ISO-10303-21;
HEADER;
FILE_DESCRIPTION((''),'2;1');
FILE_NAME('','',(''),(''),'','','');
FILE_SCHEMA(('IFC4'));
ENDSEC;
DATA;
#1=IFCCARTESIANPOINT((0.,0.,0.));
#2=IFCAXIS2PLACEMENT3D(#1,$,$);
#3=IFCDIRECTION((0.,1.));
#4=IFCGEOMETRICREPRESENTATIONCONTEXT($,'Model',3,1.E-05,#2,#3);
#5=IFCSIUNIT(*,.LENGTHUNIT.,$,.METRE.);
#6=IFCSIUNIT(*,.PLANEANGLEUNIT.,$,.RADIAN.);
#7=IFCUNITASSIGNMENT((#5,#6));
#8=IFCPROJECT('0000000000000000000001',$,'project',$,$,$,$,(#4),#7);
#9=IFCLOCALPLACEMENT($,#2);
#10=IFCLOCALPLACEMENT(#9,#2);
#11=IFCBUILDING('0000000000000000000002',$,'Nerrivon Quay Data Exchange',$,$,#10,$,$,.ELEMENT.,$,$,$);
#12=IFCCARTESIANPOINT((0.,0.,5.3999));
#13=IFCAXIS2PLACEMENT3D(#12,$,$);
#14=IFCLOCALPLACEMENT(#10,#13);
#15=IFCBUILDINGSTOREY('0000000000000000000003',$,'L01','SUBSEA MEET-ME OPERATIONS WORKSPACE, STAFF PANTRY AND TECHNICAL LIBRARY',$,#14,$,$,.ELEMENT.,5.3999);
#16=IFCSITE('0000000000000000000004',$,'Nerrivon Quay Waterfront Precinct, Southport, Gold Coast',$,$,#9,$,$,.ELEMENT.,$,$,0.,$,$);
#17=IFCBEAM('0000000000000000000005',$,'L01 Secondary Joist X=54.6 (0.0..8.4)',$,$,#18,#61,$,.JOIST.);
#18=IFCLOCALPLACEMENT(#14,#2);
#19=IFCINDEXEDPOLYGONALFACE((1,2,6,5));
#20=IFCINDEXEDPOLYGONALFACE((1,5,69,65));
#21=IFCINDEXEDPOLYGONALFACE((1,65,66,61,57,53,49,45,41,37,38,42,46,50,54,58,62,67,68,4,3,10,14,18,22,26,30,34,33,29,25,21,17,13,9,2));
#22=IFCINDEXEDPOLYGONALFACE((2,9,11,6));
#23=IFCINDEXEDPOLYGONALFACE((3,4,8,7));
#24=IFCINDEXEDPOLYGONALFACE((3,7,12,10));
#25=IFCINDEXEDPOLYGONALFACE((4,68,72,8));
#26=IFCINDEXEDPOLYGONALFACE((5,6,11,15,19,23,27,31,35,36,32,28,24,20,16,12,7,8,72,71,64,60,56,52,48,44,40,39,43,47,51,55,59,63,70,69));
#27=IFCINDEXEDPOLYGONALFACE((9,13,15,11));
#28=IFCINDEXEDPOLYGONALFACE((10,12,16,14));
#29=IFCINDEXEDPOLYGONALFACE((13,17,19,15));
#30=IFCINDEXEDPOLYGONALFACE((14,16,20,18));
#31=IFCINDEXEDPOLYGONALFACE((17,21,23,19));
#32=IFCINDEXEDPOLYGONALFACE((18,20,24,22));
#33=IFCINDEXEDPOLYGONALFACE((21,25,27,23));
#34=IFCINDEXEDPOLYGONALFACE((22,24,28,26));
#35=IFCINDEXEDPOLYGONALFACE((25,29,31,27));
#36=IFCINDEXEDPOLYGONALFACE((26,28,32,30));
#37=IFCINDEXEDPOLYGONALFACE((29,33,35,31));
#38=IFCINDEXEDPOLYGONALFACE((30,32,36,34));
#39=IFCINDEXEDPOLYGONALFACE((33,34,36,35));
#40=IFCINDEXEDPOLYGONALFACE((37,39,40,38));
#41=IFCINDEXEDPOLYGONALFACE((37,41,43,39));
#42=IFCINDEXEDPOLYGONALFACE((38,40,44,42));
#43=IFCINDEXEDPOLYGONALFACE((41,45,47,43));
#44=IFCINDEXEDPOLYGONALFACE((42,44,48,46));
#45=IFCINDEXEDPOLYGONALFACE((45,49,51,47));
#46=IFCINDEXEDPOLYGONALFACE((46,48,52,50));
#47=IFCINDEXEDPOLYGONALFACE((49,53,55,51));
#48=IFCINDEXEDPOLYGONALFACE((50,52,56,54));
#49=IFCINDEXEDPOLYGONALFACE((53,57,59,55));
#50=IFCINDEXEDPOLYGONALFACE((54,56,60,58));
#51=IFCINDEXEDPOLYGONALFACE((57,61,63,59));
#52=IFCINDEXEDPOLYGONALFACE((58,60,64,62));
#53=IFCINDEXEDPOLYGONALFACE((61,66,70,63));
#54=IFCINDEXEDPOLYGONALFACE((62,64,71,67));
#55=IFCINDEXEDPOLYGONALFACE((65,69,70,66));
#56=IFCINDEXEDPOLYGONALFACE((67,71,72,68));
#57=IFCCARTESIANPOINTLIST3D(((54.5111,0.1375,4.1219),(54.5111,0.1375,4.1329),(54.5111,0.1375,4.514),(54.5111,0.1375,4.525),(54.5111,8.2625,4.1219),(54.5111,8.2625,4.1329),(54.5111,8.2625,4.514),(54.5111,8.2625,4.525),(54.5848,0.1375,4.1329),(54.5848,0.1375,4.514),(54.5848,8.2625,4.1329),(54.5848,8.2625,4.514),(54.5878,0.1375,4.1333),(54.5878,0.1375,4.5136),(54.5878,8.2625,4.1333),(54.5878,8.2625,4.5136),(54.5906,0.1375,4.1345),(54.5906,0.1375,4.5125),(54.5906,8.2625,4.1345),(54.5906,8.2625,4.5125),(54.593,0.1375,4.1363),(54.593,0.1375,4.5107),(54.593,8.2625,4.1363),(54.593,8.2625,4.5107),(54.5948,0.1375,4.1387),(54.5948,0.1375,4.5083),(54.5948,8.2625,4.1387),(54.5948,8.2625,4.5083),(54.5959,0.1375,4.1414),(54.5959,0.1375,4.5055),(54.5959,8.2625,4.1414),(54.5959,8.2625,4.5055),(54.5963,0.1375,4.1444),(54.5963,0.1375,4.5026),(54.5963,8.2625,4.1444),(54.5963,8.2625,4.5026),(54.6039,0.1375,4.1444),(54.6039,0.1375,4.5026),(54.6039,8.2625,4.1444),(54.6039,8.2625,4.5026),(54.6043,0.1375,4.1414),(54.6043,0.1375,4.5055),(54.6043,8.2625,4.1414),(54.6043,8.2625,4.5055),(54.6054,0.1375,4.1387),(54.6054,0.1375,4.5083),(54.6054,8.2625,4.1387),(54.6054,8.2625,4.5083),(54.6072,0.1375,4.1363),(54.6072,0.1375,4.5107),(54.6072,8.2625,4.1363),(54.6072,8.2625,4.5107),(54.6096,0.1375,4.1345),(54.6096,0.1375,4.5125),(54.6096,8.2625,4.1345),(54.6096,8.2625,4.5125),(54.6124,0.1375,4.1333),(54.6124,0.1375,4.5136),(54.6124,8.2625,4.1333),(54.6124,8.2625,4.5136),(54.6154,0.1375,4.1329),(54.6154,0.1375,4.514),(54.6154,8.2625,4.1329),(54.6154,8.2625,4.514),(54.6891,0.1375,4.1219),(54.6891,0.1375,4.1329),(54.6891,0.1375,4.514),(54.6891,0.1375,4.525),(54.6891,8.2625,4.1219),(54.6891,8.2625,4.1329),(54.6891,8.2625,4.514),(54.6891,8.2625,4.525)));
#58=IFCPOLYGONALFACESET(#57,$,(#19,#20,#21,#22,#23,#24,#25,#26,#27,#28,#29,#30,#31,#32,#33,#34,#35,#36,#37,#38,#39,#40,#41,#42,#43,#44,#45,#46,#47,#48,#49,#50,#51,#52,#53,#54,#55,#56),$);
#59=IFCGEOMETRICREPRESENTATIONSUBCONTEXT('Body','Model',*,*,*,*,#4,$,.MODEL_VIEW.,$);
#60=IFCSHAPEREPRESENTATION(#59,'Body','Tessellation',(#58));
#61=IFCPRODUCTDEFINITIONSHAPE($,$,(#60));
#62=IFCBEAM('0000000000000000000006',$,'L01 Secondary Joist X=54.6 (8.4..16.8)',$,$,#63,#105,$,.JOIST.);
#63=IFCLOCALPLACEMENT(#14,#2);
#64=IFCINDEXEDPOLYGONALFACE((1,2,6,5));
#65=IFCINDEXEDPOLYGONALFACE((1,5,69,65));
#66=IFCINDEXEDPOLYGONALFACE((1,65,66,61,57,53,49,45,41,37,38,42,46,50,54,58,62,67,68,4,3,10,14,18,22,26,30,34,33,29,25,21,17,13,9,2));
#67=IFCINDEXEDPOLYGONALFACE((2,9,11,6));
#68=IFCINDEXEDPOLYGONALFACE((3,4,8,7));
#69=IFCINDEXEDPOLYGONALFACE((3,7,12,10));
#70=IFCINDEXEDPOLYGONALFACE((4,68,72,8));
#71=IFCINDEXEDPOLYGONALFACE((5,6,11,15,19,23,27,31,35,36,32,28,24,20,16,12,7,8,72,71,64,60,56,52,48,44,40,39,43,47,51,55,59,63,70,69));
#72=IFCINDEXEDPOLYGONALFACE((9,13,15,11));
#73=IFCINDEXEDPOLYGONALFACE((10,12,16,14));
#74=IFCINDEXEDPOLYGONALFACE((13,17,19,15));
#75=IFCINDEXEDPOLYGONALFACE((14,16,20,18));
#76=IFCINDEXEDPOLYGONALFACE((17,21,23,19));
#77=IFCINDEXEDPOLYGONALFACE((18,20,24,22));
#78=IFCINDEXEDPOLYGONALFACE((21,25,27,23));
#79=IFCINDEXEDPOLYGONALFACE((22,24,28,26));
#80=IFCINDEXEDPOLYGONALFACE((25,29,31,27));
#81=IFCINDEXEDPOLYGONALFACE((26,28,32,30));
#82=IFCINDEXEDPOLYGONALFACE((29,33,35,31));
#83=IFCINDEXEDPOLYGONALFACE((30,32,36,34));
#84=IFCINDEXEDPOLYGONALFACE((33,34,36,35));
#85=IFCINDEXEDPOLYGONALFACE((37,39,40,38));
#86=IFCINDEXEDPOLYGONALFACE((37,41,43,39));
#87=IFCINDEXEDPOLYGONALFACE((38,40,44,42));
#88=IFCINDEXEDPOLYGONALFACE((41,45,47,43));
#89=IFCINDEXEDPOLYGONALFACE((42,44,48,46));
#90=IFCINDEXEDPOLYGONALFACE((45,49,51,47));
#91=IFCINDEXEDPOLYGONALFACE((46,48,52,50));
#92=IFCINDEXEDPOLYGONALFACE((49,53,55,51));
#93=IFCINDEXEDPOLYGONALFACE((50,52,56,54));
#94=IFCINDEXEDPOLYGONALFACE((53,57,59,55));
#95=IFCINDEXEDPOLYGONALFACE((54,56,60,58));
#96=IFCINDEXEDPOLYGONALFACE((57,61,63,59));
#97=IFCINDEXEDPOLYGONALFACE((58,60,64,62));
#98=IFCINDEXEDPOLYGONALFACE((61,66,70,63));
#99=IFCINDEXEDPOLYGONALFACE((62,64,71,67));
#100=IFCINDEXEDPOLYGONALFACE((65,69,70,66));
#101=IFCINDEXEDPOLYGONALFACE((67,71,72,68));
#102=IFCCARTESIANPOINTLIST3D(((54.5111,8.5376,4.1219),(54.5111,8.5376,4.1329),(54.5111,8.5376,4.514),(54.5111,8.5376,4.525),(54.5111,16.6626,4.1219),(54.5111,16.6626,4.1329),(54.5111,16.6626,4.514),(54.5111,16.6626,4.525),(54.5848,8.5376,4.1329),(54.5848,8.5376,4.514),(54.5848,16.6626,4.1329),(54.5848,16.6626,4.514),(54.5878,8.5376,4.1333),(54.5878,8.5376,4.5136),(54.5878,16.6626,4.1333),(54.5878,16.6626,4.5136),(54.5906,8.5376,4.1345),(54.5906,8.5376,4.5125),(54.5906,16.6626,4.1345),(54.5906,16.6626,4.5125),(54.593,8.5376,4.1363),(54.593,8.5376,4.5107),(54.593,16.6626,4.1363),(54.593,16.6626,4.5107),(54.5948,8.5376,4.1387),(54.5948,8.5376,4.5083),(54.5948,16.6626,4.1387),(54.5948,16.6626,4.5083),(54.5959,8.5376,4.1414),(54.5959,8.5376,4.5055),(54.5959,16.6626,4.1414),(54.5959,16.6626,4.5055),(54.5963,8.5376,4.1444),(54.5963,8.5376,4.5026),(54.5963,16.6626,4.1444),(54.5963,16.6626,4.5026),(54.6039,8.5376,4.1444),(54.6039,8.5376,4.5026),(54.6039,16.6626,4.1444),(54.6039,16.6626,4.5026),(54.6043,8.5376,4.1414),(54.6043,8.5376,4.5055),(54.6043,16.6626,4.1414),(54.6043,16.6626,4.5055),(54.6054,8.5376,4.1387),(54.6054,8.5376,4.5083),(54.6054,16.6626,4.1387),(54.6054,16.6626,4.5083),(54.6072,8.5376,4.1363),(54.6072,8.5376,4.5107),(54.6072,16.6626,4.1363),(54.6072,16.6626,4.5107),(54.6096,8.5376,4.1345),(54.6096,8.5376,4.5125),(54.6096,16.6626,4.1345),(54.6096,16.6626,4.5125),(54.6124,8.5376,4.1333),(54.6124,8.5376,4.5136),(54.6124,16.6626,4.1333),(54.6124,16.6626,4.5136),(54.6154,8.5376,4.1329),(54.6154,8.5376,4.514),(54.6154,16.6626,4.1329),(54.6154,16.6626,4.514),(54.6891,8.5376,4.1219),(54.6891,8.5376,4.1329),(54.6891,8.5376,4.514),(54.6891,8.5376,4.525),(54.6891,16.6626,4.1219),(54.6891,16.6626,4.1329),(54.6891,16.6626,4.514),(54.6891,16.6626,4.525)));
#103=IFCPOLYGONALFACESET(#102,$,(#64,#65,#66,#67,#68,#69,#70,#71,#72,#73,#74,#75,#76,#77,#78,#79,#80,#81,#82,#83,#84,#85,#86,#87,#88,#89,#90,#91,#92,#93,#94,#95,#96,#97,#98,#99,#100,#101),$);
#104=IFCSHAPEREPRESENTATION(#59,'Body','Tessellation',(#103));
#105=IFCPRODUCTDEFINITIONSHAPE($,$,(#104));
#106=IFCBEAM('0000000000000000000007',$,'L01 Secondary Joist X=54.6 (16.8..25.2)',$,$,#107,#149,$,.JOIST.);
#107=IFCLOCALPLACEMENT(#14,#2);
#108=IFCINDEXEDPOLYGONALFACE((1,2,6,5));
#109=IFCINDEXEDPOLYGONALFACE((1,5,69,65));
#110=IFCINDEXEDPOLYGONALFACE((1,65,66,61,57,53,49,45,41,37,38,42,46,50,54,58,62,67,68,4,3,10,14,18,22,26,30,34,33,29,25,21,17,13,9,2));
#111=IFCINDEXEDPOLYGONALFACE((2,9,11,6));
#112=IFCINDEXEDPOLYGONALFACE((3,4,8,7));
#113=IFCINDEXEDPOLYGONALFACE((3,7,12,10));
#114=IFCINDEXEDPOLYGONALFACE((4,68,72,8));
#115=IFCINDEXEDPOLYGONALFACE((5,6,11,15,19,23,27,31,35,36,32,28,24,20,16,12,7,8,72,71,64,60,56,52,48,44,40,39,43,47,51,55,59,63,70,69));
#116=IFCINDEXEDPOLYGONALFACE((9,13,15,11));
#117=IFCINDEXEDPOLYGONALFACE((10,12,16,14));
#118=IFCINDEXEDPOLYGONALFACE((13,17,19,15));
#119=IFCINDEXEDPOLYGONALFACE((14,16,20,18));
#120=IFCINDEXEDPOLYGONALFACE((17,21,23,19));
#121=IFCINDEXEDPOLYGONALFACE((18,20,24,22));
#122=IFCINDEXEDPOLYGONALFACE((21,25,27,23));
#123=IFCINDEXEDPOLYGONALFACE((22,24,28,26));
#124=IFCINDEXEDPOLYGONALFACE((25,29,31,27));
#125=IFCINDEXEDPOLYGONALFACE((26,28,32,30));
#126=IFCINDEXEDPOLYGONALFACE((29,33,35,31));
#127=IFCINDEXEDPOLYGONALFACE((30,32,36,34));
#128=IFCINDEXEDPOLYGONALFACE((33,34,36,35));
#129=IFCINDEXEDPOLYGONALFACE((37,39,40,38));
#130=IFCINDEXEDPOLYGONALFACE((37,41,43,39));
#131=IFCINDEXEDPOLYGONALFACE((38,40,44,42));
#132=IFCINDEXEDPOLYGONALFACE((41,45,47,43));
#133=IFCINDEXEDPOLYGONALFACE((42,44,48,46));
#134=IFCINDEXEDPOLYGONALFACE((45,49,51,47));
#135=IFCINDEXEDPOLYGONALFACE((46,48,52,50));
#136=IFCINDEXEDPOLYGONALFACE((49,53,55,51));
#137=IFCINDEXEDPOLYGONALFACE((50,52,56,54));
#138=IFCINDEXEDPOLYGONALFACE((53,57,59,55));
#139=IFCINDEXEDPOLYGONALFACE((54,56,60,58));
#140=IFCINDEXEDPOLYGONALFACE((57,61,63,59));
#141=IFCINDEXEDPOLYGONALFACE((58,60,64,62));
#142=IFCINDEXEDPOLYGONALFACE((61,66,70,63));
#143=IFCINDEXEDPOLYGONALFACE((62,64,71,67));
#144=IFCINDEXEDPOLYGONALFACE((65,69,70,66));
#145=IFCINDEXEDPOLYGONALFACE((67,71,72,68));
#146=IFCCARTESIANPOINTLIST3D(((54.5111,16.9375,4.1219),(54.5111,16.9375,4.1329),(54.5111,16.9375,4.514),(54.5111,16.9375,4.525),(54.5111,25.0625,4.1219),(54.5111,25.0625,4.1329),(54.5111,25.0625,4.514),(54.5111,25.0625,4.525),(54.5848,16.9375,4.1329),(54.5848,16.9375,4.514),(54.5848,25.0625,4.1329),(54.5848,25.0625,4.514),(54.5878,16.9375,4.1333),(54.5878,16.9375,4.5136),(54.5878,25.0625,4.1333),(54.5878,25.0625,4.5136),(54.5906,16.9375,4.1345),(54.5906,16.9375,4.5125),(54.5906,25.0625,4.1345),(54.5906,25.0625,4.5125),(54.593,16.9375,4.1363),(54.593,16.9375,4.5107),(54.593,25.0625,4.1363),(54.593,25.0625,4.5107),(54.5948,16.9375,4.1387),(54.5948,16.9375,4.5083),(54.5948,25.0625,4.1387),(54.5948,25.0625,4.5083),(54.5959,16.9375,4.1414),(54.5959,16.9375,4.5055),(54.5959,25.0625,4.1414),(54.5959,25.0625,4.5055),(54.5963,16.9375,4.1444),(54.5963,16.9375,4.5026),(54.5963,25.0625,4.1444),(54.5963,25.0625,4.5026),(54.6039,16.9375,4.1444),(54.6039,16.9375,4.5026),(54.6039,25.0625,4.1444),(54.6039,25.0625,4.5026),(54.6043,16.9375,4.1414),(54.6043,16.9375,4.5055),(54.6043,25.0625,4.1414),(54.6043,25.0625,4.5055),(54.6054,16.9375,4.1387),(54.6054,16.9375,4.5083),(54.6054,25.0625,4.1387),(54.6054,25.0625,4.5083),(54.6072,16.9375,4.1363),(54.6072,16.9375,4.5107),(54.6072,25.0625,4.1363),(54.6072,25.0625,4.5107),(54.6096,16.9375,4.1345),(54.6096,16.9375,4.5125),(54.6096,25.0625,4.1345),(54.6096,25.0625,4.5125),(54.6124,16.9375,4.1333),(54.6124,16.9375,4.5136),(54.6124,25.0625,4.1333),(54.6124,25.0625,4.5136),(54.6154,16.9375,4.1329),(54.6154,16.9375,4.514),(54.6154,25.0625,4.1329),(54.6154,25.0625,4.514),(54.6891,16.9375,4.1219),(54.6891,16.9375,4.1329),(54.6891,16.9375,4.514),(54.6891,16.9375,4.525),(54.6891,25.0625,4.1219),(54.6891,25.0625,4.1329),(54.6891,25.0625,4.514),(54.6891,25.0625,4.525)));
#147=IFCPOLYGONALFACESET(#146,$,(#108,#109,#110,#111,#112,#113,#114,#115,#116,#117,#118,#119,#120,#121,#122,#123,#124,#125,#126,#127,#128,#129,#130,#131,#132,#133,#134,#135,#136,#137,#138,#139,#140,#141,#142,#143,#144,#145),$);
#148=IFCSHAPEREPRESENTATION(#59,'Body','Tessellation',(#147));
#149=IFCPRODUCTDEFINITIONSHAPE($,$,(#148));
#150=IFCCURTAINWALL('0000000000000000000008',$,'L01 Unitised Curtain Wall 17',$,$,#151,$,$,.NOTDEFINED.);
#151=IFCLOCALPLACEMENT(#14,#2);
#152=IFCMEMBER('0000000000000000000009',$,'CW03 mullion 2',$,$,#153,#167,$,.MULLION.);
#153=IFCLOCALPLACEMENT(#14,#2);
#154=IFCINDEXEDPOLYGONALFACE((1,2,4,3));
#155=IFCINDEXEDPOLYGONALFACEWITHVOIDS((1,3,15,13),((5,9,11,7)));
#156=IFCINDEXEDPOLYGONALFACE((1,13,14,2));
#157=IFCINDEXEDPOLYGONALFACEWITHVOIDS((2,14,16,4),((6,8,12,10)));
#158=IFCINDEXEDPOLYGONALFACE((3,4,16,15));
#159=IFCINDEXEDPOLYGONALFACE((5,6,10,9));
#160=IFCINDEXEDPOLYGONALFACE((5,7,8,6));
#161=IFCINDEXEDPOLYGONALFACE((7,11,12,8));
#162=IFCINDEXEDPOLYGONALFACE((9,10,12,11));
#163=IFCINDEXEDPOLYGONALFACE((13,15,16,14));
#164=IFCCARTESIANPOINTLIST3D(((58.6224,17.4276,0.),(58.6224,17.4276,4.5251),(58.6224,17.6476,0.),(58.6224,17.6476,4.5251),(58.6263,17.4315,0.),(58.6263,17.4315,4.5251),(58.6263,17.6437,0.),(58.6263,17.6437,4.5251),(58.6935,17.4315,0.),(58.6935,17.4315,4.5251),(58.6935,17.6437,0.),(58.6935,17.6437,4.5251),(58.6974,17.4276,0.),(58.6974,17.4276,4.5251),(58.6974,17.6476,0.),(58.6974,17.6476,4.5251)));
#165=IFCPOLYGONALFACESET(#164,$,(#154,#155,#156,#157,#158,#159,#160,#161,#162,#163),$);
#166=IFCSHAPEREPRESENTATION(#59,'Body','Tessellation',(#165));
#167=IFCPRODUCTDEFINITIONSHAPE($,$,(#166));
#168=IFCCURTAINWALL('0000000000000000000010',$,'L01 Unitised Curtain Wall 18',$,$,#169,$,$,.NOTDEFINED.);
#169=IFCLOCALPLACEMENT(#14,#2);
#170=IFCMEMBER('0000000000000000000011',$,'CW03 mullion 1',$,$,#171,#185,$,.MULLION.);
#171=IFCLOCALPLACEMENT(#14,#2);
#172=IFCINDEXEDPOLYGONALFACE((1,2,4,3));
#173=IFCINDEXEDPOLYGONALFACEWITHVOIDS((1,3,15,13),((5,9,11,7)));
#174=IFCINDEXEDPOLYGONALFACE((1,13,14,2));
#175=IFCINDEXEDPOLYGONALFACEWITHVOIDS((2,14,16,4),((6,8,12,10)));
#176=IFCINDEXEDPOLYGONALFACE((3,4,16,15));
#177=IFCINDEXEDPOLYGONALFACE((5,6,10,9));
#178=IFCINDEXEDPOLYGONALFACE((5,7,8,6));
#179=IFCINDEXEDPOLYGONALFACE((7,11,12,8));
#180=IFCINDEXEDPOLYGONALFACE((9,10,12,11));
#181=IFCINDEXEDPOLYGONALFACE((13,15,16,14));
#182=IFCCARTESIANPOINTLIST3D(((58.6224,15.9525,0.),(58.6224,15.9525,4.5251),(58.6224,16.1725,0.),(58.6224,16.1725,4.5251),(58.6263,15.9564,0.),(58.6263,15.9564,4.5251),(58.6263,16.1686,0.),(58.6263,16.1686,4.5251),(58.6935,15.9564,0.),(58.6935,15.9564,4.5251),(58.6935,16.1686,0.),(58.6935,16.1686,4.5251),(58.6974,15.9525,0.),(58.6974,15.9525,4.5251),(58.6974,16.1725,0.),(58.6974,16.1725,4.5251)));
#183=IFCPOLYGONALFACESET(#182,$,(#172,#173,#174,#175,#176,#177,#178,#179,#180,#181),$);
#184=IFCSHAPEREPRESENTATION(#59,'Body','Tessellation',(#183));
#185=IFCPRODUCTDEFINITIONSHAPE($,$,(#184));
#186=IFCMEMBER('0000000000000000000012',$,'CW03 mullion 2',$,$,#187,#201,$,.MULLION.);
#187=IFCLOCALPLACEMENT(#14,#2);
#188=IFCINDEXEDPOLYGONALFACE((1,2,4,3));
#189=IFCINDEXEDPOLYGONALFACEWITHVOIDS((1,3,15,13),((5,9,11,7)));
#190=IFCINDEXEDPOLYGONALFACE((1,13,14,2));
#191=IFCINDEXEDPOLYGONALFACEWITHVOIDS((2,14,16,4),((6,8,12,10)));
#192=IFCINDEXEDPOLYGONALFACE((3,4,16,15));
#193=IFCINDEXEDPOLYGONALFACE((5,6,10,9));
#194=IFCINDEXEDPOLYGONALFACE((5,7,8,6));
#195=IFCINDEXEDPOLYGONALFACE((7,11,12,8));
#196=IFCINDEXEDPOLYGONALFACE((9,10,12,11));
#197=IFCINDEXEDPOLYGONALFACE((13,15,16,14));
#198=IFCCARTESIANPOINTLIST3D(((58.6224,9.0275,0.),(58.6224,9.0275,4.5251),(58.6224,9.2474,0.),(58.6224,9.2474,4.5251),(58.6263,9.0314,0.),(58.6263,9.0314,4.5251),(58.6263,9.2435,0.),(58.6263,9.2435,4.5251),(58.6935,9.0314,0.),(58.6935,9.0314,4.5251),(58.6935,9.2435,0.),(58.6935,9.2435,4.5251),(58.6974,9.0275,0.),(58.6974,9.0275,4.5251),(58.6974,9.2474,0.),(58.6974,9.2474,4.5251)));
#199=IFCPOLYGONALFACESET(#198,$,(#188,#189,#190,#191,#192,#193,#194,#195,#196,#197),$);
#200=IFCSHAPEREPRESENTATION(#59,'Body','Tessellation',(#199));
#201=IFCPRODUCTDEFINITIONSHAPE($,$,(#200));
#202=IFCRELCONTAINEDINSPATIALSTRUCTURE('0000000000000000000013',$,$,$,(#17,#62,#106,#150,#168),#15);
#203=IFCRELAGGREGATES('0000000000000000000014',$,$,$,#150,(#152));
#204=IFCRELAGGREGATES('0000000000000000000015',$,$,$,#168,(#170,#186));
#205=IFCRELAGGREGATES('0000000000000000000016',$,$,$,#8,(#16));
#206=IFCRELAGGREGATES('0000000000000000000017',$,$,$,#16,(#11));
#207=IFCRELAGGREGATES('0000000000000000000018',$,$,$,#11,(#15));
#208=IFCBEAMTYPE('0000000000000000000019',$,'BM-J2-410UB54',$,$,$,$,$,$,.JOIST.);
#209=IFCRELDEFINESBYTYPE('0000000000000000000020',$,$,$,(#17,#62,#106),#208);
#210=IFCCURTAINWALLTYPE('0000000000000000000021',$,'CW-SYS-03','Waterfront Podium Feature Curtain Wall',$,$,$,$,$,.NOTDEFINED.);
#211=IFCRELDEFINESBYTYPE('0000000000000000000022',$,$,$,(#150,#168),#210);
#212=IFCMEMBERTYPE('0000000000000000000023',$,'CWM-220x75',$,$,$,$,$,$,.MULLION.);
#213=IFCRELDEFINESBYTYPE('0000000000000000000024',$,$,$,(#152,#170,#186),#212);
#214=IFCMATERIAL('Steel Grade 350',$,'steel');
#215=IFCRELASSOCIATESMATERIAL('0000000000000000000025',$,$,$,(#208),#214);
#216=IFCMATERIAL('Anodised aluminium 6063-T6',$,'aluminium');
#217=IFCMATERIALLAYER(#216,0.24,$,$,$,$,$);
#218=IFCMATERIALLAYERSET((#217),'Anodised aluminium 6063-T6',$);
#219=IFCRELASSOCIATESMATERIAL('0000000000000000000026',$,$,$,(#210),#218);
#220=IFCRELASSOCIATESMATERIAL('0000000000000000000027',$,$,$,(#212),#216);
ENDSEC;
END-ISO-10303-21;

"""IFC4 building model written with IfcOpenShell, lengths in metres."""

from ifc_helpers import new_model, si_unit, direction, frame, origin, origin_2d, place, context, subcontext, project, spatial, hollow_rectangle, i_section, extrude, material, layer, layer_set, material_profile, profile_set, type_object, element, aggregate, save


model = new_model("IFC4")

# Units and contexts
model_context = context("Model", 3, precision=1e-05, world=origin(), true_north=direction((0.0, 1.0)))
body_context = subcontext(model_context, "Body", "Model", "MODEL_VIEW")
ifc_project = project(units=[si_unit("LENGTHUNIT", "METRE"), si_unit("PLANEANGLEUNIT", "RADIAN")], contexts=[model_context])

# Site, building, storey
site_placement = place(None, origin())
site = spatial("IfcSite", under=ifc_project, at=site_placement, Name="Nerrivon Quay Waterfront Precinct, Southport, Gold Coast", CompositionType="ELEMENT", RefElevation=0.0)
building_placement = place(site_placement, origin())
building = spatial("IfcBuilding", under=site, at=building_placement, Name="Nerrivon Quay Data Exchange", CompositionType="ELEMENT")
storey_placement = place(building_placement, frame((0.0, 0.0, 5.3999)))
storey = spatial("IfcBuildingStorey", under=building, at=storey_placement, Name="L01", Description="SUBSEA MEET-ME OPERATIONS WORKSPACE, STAFF PANTRY AND TECHNICAL LIBRARY", CompositionType="ELEMENT", Elevation=5.3999)

# Beams
ifc_material_1 = material(Name="Steel Grade 350", Category="steel")
ifc_material_profile_1 = material_profile(ifc_material_1, i_section(OverallWidth=0.178, OverallDepth=0.4031, WebThickness=0.0076, FlangeThickness=0.011, FilletRadius=0.0115, at=origin_2d()), Name="410UB53.7")
ifc_profile_set_1 = profile_set([ifc_material_profile_1], Name="Steel Grade 350")
beam_type_1 = type_object("IfcBeamType", Name="BM-J2-410UB54", PredefinedType="JOIST", material=ifc_profile_set_1)
for number, where, z_axis, x_axis, name in (
    (1, (54.6001, 0.1375, 4.3235), (0.0, 1.0, 0.0), (-1.0, 0.0, 0.0), "L01 Secondary Joist X=54.6 (0.0..8.4)"),
    (2, (54.6001, 8.5376, 4.3235), (0.0, 1.0, 0.0), (-1.0, 0.0, 0.0), "L01 Secondary Joist X=54.6 (8.4..16.8)"),
    (3, (54.6001, 16.9375, 4.3235), (0.0, 1.0, 0.0), (-1.0, 0.0, 0.0), "L01 Secondary Joist X=54.6 (16.8..25.2)"),
):
    element("IfcBeam", number, at=place(storey_placement, frame(where, z_axis=z_axis, x_axis=x_axis)), inside=storey, type_object=beam_type_1, Name=name, PredefinedType="JOIST", context=body_context, shape_type="SweptSolid", body=[
        extrude(i_section(OverallWidth=0.178, OverallDepth=0.4031, WebThickness=0.0076, FlangeThickness=0.011, FilletRadius=0.0115, at=origin_2d()), origin(), (0.0, 0.0, 1.0), 8.125),
    ])

# Curtain wall, member
ifc_material_2 = material(Name="Anodised aluminium 6063-T6", Category="aluminium")
ifc_layer_1 = layer(ifc_material_2, 0.24)
ifc_layer_set_1 = layer_set([ifc_layer_1], Name="Anodised aluminium 6063-T6")
curtain_wall_type = type_object("IfcCurtainWallType", Name="CW-SYS-03", Description="Waterfront Podium Feature Curtain Wall", PredefinedType="NOTDEFINED", material=ifc_layer_set_1)
curtain_wall_1_placement = place(storey_placement, origin())
curtain_wall_1 = element("IfcCurtainWall", 4, at=curtain_wall_1_placement, inside=storey, type_object=curtain_wall_type, Name="L01 Unitised Curtain Wall 17", PredefinedType="NOTDEFINED")
ifc_material_profile_2 = material_profile(ifc_material_2, hollow_rectangle(XDim=0.075, YDim=0.22, WallThickness=0.0039, at=origin_2d()), Name="ALU-MULL-220x75")
ifc_profile_set_2 = profile_set([ifc_material_profile_2], Name="Anodised aluminium 6063-T6")
member_type_1 = type_object("IfcMemberType", Name="CWM-220x75", PredefinedType="MULLION", material=ifc_profile_set_2)
member_1_placement = place(storey_placement, frame((58.6599, 17.5376, 0.0), z_axis=(0.0, 0.0, 1.0), x_axis=(1.0, 0.0, 0.0)))
member_1 = element("IfcMember", 5, at=member_1_placement, type_object=member_type_1, Name="CW03 mullion 2", PredefinedType="MULLION", context=body_context, shape_type="SweptSolid", body=[
    extrude(hollow_rectangle(XDim=0.075, YDim=0.22, WallThickness=0.0039, at=origin_2d()), origin(), (0.0, 0.0, 1.0), 4.5251),
])
aggregate(curtain_wall_1, [member_1])

# Curtain wall, members
curtain_wall_2_placement = place(storey_placement, origin())
curtain_wall_2 = element("IfcCurtainWall", 6, at=curtain_wall_2_placement, inside=storey, type_object=curtain_wall_type, Name="L01 Unitised Curtain Wall 18", PredefinedType="NOTDEFINED")
member_2_placement = place(storey_placement, frame((58.6599, 16.0625, 0.0), z_axis=(0.0, 0.0, 1.0), x_axis=(1.0, 0.0, 0.0)))
member_2 = element("IfcMember", 7, at=member_2_placement, type_object=member_type_1, Name="CW03 mullion 1", PredefinedType="MULLION", context=body_context, shape_type="SweptSolid", body=[
    extrude(hollow_rectangle(XDim=0.075, YDim=0.22, WallThickness=0.0039, at=origin_2d()), origin(), (0.0, 0.0, 1.0), 4.5251),
])
member_3_placement = place(storey_placement, frame((58.6599, 9.1375, 0.0), z_axis=(0.0, 0.0, 1.0), x_axis=(1.0, 0.0, 0.0)))
member_3 = element("IfcMember", 8, at=member_3_placement, type_object=member_type_1, Name="CW03 mullion 2", PredefinedType="MULLION", context=body_context, shape_type="SweptSolid", body=[
    extrude(hollow_rectangle(XDim=0.075, YDim=0.22, WallThickness=0.0039, at=origin_2d()), origin(), (0.0, 0.0, 1.0), 4.5251),
])
aggregate(curtain_wall_2, [member_2, member_3])

save(model, "model.ifc")
